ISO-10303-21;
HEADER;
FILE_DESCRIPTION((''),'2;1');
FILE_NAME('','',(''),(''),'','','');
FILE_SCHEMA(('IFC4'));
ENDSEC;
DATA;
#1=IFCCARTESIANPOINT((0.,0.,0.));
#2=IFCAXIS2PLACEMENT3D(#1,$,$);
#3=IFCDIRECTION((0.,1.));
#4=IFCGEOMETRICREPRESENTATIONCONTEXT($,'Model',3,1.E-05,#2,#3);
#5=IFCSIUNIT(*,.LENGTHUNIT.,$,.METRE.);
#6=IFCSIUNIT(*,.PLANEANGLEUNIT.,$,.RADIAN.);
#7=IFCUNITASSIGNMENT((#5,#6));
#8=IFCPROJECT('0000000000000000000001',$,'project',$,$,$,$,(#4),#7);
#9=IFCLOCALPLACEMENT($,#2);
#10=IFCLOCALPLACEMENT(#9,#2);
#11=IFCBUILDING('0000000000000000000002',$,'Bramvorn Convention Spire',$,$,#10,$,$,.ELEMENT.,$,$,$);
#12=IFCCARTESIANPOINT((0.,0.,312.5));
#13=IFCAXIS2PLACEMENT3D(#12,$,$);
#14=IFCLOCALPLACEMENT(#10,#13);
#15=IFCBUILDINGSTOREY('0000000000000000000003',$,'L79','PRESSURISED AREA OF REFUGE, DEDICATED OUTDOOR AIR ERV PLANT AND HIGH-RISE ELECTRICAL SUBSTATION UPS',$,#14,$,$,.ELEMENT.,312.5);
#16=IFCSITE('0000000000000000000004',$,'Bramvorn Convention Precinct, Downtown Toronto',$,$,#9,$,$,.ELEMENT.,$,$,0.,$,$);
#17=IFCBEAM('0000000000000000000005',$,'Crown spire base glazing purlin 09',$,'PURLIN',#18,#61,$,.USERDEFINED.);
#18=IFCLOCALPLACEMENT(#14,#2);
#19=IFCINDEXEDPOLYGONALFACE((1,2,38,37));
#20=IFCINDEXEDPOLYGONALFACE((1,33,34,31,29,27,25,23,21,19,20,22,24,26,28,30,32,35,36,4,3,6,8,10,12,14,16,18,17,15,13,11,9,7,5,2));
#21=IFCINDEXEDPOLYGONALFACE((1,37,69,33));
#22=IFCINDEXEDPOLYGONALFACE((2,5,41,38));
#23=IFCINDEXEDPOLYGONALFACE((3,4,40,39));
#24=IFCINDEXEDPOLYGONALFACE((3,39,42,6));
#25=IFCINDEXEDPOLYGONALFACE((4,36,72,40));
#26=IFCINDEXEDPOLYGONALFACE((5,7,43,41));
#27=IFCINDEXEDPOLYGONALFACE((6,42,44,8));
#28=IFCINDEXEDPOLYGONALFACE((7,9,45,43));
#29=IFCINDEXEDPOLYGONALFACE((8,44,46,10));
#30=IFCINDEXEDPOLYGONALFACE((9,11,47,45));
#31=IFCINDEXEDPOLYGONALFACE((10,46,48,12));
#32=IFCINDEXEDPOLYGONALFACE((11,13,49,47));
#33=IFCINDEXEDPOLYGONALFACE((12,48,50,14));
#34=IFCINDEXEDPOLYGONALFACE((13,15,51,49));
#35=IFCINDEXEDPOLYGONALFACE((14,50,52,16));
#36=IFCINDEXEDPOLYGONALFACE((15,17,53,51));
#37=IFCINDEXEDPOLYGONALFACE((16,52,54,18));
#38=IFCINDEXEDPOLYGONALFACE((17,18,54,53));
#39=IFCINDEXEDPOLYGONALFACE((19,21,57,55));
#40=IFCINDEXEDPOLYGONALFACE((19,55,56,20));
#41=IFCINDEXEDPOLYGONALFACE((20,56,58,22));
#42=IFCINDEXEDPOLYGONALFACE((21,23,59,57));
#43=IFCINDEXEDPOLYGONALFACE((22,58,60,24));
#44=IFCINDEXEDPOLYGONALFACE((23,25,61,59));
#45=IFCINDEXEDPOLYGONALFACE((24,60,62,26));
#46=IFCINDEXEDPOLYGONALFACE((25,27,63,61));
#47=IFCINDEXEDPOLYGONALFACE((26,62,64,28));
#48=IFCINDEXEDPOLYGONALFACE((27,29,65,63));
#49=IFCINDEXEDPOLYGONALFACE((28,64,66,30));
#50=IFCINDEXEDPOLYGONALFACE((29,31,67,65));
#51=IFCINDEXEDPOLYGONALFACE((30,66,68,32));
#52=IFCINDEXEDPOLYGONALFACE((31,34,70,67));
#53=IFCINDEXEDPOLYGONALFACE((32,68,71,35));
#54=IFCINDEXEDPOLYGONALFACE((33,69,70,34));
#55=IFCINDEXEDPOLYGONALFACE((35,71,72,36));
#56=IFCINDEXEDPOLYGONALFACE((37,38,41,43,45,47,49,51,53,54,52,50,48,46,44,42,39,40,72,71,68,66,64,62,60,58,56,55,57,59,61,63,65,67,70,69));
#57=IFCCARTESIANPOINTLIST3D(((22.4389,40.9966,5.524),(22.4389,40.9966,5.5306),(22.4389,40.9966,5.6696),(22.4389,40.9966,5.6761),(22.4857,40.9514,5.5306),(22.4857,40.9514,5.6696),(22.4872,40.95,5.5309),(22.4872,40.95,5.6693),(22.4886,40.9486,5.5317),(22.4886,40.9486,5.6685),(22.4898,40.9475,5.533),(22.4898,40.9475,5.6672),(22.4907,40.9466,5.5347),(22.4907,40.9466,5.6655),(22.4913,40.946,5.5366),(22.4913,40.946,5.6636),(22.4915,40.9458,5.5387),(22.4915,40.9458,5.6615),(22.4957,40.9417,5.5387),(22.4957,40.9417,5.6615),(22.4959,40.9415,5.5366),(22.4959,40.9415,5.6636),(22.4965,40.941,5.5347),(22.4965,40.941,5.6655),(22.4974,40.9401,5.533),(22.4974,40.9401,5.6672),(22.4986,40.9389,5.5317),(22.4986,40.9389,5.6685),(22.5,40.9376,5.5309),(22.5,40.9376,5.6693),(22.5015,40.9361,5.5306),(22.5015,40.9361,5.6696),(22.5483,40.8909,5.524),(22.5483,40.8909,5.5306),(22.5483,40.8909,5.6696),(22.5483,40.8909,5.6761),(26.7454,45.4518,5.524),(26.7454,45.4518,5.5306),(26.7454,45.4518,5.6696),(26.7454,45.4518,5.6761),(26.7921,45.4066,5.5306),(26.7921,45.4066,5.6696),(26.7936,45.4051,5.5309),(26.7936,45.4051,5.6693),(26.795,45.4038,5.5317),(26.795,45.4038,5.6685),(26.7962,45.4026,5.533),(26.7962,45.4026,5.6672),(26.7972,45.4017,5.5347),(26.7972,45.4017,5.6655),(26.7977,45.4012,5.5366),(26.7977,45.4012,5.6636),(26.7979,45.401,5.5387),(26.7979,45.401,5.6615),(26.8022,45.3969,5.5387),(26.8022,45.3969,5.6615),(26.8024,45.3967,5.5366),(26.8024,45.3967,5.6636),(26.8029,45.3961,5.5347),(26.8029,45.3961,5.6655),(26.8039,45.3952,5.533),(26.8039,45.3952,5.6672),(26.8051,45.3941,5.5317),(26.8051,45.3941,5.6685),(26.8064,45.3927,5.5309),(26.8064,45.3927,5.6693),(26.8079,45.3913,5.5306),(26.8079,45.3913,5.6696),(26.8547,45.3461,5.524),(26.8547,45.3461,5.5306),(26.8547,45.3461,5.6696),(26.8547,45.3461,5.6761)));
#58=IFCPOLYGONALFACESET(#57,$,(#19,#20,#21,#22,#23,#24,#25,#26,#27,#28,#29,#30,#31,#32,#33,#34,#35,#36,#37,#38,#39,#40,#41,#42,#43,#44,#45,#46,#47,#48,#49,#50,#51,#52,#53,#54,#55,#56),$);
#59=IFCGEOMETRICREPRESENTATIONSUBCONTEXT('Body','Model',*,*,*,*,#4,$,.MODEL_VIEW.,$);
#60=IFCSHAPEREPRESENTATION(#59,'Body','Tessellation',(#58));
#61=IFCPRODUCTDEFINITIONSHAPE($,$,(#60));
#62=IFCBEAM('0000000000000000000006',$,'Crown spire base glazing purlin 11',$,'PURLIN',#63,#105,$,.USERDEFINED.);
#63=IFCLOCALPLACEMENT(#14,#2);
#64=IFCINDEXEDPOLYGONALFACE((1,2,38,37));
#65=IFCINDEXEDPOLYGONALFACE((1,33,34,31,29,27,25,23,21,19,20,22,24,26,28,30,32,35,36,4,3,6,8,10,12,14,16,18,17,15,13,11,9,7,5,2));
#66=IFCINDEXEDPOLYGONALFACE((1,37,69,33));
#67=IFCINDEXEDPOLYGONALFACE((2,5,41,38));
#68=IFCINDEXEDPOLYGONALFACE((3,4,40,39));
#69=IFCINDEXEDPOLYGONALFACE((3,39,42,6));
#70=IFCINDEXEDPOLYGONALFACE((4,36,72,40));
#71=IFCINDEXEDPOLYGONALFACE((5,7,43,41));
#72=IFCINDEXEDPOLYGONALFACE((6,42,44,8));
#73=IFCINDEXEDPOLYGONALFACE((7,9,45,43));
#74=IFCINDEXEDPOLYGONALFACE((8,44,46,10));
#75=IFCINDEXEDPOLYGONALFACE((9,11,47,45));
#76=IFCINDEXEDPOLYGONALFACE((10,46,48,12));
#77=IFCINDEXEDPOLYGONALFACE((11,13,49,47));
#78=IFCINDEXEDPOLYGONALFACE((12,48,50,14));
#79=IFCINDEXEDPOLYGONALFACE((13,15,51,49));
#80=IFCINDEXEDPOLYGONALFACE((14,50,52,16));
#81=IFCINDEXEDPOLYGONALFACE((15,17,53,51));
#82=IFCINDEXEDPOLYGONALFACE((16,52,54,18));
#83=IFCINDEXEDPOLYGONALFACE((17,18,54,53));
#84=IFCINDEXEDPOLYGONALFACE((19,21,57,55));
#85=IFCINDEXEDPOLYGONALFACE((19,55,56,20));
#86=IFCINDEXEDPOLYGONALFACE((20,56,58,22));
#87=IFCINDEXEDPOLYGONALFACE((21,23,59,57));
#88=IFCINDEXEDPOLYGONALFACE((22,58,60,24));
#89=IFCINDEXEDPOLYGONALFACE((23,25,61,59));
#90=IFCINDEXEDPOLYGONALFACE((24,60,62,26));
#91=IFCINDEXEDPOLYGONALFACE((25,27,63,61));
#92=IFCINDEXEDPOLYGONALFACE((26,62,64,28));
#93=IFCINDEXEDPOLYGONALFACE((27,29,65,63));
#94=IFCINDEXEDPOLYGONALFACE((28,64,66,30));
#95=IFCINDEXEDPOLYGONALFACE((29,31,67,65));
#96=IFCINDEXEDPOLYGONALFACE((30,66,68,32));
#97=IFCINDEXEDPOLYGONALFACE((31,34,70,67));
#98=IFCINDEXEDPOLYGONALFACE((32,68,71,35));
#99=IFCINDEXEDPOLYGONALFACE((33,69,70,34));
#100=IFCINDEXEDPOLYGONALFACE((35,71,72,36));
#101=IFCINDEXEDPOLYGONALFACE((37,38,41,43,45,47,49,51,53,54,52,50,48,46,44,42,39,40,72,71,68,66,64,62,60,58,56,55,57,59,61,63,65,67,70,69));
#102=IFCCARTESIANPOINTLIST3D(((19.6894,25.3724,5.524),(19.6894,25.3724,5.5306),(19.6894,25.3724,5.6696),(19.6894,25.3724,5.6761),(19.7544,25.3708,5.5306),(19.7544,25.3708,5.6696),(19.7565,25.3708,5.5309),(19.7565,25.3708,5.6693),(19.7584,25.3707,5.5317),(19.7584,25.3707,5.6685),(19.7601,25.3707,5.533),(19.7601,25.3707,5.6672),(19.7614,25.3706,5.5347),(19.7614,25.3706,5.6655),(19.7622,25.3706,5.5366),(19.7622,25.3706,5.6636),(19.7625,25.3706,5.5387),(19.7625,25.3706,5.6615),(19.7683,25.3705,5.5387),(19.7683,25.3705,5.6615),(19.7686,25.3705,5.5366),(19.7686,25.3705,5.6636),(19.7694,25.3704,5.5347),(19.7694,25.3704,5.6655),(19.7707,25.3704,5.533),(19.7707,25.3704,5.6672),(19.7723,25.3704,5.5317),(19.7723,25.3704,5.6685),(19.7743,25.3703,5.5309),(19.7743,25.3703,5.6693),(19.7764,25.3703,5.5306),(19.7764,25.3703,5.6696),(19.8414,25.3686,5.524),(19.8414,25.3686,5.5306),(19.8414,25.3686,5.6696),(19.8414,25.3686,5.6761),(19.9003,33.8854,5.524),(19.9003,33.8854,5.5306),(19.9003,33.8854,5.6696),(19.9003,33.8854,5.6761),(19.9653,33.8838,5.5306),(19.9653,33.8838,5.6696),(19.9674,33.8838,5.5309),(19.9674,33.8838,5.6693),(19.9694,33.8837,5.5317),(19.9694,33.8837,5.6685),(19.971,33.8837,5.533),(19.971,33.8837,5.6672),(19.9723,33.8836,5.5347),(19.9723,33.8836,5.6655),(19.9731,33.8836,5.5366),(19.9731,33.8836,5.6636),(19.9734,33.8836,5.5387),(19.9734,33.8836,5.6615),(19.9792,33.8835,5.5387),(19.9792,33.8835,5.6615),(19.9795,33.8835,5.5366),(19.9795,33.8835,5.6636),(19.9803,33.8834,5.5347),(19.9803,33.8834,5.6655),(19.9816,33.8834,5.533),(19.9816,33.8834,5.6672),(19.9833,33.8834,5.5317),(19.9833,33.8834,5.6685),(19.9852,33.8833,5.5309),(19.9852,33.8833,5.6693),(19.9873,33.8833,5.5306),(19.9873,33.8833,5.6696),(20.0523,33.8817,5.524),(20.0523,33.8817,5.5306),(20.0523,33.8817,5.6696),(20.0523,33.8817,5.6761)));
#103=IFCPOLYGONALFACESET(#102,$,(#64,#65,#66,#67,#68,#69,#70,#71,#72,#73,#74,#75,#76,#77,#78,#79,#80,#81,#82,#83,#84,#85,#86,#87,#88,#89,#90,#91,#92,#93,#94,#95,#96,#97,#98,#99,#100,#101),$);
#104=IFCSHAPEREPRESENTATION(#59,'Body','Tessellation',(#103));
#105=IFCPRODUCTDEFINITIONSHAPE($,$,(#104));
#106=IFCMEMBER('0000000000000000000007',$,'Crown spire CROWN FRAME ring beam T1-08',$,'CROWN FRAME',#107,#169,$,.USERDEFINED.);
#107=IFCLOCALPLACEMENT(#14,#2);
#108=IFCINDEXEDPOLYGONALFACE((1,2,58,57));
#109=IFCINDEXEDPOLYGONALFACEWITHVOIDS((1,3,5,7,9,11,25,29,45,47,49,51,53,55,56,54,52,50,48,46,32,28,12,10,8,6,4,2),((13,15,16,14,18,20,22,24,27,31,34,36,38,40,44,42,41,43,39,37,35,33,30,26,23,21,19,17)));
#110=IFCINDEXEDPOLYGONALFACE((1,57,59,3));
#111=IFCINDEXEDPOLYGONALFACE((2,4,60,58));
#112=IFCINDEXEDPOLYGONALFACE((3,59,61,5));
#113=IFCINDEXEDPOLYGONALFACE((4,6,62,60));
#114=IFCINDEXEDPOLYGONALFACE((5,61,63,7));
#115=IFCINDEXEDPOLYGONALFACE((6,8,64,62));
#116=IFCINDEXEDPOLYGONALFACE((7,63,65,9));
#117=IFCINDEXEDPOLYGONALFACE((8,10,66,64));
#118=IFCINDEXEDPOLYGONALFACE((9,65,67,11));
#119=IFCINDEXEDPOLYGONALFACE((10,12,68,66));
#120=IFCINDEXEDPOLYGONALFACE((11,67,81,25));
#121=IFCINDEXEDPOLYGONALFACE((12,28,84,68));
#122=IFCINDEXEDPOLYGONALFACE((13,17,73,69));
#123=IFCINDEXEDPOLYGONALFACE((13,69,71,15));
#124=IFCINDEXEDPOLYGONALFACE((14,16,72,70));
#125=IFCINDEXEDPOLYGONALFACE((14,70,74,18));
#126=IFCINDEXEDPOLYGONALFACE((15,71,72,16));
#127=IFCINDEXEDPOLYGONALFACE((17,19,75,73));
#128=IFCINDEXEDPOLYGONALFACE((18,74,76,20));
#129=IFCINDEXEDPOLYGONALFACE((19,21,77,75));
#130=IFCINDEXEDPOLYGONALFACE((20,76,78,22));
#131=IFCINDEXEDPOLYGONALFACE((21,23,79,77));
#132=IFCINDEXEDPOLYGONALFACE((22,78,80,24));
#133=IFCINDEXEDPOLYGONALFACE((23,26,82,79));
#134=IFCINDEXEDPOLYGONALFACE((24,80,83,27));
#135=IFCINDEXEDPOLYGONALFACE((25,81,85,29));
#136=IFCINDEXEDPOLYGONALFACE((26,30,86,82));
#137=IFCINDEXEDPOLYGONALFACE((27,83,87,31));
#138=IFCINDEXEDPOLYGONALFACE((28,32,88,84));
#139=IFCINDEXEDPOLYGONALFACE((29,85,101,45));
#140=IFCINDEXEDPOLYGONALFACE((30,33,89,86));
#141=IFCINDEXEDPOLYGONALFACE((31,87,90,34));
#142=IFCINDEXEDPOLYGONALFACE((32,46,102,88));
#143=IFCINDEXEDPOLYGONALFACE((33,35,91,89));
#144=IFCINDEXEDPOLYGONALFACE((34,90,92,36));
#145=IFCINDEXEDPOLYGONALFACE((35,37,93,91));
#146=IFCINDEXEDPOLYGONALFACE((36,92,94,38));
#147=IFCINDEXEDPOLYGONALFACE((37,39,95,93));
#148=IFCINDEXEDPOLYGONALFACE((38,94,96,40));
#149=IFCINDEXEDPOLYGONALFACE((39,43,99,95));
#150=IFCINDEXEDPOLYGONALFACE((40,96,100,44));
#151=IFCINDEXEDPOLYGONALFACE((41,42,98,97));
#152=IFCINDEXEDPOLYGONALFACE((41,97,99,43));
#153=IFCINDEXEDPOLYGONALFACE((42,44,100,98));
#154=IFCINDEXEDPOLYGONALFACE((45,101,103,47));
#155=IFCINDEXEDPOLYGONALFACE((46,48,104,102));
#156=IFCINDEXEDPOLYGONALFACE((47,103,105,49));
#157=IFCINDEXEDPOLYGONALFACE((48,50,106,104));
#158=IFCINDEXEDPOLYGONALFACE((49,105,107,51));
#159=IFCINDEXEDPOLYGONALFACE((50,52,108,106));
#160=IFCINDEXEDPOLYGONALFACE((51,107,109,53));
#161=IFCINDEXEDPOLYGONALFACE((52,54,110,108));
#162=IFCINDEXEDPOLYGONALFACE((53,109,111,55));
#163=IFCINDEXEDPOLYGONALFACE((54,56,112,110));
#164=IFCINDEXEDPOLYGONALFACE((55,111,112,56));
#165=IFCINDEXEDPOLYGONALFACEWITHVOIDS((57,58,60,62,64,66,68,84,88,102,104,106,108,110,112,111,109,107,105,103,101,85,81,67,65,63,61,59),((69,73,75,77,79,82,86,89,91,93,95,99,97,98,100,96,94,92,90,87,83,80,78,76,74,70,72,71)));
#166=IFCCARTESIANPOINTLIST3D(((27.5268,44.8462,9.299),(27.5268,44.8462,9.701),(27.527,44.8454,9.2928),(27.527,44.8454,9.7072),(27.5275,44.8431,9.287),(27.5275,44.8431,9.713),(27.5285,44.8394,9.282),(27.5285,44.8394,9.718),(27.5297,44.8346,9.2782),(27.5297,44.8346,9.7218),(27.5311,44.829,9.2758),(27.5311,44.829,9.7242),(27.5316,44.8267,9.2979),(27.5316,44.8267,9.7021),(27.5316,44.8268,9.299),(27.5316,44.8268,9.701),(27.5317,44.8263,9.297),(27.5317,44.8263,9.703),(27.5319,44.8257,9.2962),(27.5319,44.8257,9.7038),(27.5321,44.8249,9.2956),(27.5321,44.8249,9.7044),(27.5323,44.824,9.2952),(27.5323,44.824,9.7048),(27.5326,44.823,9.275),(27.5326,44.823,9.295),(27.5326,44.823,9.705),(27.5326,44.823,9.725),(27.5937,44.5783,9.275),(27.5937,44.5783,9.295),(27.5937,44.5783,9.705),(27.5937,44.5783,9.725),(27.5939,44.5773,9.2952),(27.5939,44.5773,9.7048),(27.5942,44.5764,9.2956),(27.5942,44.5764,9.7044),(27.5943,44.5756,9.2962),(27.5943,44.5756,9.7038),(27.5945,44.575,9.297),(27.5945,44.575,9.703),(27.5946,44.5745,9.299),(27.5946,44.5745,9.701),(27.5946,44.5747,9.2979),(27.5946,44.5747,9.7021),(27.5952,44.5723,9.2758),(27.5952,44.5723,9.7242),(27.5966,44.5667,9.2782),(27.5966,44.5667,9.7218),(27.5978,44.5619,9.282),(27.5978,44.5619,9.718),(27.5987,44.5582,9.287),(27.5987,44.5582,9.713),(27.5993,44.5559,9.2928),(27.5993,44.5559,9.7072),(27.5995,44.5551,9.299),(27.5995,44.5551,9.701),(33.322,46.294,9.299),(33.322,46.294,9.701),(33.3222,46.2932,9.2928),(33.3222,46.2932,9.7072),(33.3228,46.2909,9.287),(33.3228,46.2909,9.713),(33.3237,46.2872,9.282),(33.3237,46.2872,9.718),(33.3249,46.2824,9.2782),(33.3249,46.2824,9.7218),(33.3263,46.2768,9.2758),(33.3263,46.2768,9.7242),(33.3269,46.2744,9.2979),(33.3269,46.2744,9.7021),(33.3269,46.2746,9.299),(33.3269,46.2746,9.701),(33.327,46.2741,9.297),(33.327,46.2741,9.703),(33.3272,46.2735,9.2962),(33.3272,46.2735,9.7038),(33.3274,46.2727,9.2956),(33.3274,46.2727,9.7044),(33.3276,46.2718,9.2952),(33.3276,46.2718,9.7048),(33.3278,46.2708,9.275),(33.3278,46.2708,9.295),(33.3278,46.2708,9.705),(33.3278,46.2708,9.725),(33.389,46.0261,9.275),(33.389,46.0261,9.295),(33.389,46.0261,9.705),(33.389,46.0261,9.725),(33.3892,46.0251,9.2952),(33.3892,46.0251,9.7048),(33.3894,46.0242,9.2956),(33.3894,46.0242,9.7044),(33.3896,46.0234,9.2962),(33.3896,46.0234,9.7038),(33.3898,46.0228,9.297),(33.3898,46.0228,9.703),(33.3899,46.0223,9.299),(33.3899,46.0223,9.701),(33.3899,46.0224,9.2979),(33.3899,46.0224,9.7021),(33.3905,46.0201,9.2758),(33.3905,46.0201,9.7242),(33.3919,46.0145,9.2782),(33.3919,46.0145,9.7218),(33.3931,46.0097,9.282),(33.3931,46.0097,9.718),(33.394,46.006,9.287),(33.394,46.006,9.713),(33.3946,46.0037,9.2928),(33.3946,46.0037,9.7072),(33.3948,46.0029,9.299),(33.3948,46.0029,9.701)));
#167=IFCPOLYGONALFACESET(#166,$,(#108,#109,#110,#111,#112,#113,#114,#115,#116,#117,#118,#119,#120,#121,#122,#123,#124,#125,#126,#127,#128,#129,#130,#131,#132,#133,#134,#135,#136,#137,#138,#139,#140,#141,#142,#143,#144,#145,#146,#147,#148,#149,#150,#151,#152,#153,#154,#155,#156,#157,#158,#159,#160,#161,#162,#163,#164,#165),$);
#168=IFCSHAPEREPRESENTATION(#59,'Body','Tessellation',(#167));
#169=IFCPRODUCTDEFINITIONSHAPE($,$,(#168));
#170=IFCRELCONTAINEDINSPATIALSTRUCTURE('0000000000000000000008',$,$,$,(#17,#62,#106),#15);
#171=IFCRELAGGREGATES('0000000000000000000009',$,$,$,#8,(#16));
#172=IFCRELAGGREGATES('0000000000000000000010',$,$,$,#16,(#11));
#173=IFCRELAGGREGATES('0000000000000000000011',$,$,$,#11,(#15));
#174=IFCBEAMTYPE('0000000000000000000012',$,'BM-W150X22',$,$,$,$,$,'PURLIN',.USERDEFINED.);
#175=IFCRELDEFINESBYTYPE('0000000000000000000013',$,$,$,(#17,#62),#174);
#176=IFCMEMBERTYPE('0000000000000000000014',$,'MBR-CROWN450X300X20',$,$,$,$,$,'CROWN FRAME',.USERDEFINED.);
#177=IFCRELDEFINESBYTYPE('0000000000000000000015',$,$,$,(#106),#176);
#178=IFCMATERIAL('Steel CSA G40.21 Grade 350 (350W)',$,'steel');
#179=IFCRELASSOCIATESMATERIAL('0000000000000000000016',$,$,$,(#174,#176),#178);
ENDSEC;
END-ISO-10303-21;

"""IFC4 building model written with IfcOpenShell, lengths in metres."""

from ifc_helpers import new_model, si_unit, direction, frame, origin, origin_2d, place, context, subcontext, project, spatial, hollow_rectangle, i_section, extrude, material, material_profile, profile_set, type_object, element, save


model = new_model("IFC4")

# Units and contexts
model_context = context("Model", 3, precision=1e-05, world=origin(), true_north=direction((0.0, 1.0)))
body_context = subcontext(model_context, "Body", "Model", "MODEL_VIEW")
ifc_project = project(units=[si_unit("LENGTHUNIT", "METRE"), si_unit("PLANEANGLEUNIT", "RADIAN")], contexts=[model_context])

# Site, building, storey
site_placement = place(None, origin())
site = spatial("IfcSite", under=ifc_project, at=site_placement, Name="Bramvorn Convention Precinct, Downtown Toronto", CompositionType="ELEMENT", RefElevation=0.0)
building_placement = place(site_placement, origin())
building = spatial("IfcBuilding", under=site, at=building_placement, Name="Bramvorn Convention Spire", CompositionType="ELEMENT")
storey_placement = place(building_placement, frame((0.0, 0.0, 312.5)))
storey = spatial("IfcBuildingStorey", under=building, at=storey_placement, Name="L79", Description="PRESSURISED AREA OF REFUGE, DEDICATED OUTDOOR AIR ERV PLANT AND HIGH-RISE ELECTRICAL SUBSTATION UPS", CompositionType="ELEMENT", Elevation=312.5)

# Beams
ifc_material_1 = material(Name="Steel CSA G40.21 Grade 350 (350W)", Category="steel")
ifc_material_profile_1 = material_profile(ifc_material_1, i_section(OverallWidth=0.1521, OverallDepth=0.1521, WebThickness=0.0059, FlangeThickness=0.0066, FilletRadius=0.0081, at=origin_2d()))
ifc_profile_set_1 = profile_set([ifc_material_profile_1], Name="Steel CSA G40.21 Grade 350 (350W) - W150X22")
beam_type = type_object("IfcBeamType", Name="BM-W150X22", ElementType="PURLIN", PredefinedType="USERDEFINED", material=ifc_profile_set_1)
beam_1_placement = place(storey_placement, frame((26.8, 45.3989, 5.6001), z_axis=(-0.695007, -0.719003, 0.0), x_axis=(0.719003, -0.695007, 0.0)))
element("IfcBeam", 1, at=beam_1_placement, inside=storey, type_object=beam_type, Name="Crown spire base glazing purlin 09", ObjectType="PURLIN", PredefinedType="USERDEFINED", context=body_context, shape_type="SweptSolid", body=[
    extrude(i_section(OverallWidth=0.1521, OverallDepth=0.1521, WebThickness=0.0059, FlangeThickness=0.0066, FilletRadius=0.0081, at=origin_2d()), origin(), (0.0, 0.0, 1.0), 6.1963),
])
beam_2_placement = place(storey_placement, frame((19.9763, 33.8835, 5.6001), z_axis=(-0.024771, -0.999693, 0.0), x_axis=(0.999693, -0.024771, 0.0)))
element("IfcBeam", 2, at=beam_2_placement, inside=storey, type_object=beam_type, Name="Crown spire base glazing purlin 11", ObjectType="PURLIN", PredefinedType="USERDEFINED", context=body_context, shape_type="SweptSolid", body=[
    extrude(i_section(OverallWidth=0.1521, OverallDepth=0.1521, WebThickness=0.0059, FlangeThickness=0.0066, FilletRadius=0.0081, at=origin_2d()), origin(), (0.0, 0.0, 1.0), 8.5156),
])

# Member
ifc_material_profile_2 = material_profile(ifc_material_1, hollow_rectangle(XDim=0.3, YDim=0.45, WallThickness=0.02, InnerFilletRadius=0.0039, OuterFilletRadius=0.0239, at=origin_2d()))
ifc_profile_set_2 = profile_set([ifc_material_profile_2], Name="Steel CSA G40.21 Grade 350 (350W) - CROWN450X300X20")
member_type = type_object("IfcMemberType", Name="MBR-CROWN450X300X20", ElementType="CROWN FRAME", PredefinedType="USERDEFINED", material=ifc_profile_set_2)
for number, where, z_axis, x_axis, name in (
    (3, (33.3584, 46.1484, 9.5), (-0.970183, -0.242372, 0.0), (0.242372, -0.970183, 0.0), "Crown spire CROWN FRAME ring beam T1-08"),
):
    element("IfcMember", number, at=place(storey_placement, frame(where, z_axis=z_axis, x_axis=x_axis)), inside=storey, type_object=member_type, Name=name, ObjectType="CROWN FRAME", PredefinedType="USERDEFINED", context=body_context, shape_type="SweptSolid", body=[
        extrude(hollow_rectangle(XDim=0.3, YDim=0.45, WallThickness=0.02, InnerFilletRadius=0.0039, OuterFilletRadius=0.0239, at=origin_2d()), origin(), (0.0, 0.0, 1.0), 5.9734),
    ])

save(model, "model.ifc")
